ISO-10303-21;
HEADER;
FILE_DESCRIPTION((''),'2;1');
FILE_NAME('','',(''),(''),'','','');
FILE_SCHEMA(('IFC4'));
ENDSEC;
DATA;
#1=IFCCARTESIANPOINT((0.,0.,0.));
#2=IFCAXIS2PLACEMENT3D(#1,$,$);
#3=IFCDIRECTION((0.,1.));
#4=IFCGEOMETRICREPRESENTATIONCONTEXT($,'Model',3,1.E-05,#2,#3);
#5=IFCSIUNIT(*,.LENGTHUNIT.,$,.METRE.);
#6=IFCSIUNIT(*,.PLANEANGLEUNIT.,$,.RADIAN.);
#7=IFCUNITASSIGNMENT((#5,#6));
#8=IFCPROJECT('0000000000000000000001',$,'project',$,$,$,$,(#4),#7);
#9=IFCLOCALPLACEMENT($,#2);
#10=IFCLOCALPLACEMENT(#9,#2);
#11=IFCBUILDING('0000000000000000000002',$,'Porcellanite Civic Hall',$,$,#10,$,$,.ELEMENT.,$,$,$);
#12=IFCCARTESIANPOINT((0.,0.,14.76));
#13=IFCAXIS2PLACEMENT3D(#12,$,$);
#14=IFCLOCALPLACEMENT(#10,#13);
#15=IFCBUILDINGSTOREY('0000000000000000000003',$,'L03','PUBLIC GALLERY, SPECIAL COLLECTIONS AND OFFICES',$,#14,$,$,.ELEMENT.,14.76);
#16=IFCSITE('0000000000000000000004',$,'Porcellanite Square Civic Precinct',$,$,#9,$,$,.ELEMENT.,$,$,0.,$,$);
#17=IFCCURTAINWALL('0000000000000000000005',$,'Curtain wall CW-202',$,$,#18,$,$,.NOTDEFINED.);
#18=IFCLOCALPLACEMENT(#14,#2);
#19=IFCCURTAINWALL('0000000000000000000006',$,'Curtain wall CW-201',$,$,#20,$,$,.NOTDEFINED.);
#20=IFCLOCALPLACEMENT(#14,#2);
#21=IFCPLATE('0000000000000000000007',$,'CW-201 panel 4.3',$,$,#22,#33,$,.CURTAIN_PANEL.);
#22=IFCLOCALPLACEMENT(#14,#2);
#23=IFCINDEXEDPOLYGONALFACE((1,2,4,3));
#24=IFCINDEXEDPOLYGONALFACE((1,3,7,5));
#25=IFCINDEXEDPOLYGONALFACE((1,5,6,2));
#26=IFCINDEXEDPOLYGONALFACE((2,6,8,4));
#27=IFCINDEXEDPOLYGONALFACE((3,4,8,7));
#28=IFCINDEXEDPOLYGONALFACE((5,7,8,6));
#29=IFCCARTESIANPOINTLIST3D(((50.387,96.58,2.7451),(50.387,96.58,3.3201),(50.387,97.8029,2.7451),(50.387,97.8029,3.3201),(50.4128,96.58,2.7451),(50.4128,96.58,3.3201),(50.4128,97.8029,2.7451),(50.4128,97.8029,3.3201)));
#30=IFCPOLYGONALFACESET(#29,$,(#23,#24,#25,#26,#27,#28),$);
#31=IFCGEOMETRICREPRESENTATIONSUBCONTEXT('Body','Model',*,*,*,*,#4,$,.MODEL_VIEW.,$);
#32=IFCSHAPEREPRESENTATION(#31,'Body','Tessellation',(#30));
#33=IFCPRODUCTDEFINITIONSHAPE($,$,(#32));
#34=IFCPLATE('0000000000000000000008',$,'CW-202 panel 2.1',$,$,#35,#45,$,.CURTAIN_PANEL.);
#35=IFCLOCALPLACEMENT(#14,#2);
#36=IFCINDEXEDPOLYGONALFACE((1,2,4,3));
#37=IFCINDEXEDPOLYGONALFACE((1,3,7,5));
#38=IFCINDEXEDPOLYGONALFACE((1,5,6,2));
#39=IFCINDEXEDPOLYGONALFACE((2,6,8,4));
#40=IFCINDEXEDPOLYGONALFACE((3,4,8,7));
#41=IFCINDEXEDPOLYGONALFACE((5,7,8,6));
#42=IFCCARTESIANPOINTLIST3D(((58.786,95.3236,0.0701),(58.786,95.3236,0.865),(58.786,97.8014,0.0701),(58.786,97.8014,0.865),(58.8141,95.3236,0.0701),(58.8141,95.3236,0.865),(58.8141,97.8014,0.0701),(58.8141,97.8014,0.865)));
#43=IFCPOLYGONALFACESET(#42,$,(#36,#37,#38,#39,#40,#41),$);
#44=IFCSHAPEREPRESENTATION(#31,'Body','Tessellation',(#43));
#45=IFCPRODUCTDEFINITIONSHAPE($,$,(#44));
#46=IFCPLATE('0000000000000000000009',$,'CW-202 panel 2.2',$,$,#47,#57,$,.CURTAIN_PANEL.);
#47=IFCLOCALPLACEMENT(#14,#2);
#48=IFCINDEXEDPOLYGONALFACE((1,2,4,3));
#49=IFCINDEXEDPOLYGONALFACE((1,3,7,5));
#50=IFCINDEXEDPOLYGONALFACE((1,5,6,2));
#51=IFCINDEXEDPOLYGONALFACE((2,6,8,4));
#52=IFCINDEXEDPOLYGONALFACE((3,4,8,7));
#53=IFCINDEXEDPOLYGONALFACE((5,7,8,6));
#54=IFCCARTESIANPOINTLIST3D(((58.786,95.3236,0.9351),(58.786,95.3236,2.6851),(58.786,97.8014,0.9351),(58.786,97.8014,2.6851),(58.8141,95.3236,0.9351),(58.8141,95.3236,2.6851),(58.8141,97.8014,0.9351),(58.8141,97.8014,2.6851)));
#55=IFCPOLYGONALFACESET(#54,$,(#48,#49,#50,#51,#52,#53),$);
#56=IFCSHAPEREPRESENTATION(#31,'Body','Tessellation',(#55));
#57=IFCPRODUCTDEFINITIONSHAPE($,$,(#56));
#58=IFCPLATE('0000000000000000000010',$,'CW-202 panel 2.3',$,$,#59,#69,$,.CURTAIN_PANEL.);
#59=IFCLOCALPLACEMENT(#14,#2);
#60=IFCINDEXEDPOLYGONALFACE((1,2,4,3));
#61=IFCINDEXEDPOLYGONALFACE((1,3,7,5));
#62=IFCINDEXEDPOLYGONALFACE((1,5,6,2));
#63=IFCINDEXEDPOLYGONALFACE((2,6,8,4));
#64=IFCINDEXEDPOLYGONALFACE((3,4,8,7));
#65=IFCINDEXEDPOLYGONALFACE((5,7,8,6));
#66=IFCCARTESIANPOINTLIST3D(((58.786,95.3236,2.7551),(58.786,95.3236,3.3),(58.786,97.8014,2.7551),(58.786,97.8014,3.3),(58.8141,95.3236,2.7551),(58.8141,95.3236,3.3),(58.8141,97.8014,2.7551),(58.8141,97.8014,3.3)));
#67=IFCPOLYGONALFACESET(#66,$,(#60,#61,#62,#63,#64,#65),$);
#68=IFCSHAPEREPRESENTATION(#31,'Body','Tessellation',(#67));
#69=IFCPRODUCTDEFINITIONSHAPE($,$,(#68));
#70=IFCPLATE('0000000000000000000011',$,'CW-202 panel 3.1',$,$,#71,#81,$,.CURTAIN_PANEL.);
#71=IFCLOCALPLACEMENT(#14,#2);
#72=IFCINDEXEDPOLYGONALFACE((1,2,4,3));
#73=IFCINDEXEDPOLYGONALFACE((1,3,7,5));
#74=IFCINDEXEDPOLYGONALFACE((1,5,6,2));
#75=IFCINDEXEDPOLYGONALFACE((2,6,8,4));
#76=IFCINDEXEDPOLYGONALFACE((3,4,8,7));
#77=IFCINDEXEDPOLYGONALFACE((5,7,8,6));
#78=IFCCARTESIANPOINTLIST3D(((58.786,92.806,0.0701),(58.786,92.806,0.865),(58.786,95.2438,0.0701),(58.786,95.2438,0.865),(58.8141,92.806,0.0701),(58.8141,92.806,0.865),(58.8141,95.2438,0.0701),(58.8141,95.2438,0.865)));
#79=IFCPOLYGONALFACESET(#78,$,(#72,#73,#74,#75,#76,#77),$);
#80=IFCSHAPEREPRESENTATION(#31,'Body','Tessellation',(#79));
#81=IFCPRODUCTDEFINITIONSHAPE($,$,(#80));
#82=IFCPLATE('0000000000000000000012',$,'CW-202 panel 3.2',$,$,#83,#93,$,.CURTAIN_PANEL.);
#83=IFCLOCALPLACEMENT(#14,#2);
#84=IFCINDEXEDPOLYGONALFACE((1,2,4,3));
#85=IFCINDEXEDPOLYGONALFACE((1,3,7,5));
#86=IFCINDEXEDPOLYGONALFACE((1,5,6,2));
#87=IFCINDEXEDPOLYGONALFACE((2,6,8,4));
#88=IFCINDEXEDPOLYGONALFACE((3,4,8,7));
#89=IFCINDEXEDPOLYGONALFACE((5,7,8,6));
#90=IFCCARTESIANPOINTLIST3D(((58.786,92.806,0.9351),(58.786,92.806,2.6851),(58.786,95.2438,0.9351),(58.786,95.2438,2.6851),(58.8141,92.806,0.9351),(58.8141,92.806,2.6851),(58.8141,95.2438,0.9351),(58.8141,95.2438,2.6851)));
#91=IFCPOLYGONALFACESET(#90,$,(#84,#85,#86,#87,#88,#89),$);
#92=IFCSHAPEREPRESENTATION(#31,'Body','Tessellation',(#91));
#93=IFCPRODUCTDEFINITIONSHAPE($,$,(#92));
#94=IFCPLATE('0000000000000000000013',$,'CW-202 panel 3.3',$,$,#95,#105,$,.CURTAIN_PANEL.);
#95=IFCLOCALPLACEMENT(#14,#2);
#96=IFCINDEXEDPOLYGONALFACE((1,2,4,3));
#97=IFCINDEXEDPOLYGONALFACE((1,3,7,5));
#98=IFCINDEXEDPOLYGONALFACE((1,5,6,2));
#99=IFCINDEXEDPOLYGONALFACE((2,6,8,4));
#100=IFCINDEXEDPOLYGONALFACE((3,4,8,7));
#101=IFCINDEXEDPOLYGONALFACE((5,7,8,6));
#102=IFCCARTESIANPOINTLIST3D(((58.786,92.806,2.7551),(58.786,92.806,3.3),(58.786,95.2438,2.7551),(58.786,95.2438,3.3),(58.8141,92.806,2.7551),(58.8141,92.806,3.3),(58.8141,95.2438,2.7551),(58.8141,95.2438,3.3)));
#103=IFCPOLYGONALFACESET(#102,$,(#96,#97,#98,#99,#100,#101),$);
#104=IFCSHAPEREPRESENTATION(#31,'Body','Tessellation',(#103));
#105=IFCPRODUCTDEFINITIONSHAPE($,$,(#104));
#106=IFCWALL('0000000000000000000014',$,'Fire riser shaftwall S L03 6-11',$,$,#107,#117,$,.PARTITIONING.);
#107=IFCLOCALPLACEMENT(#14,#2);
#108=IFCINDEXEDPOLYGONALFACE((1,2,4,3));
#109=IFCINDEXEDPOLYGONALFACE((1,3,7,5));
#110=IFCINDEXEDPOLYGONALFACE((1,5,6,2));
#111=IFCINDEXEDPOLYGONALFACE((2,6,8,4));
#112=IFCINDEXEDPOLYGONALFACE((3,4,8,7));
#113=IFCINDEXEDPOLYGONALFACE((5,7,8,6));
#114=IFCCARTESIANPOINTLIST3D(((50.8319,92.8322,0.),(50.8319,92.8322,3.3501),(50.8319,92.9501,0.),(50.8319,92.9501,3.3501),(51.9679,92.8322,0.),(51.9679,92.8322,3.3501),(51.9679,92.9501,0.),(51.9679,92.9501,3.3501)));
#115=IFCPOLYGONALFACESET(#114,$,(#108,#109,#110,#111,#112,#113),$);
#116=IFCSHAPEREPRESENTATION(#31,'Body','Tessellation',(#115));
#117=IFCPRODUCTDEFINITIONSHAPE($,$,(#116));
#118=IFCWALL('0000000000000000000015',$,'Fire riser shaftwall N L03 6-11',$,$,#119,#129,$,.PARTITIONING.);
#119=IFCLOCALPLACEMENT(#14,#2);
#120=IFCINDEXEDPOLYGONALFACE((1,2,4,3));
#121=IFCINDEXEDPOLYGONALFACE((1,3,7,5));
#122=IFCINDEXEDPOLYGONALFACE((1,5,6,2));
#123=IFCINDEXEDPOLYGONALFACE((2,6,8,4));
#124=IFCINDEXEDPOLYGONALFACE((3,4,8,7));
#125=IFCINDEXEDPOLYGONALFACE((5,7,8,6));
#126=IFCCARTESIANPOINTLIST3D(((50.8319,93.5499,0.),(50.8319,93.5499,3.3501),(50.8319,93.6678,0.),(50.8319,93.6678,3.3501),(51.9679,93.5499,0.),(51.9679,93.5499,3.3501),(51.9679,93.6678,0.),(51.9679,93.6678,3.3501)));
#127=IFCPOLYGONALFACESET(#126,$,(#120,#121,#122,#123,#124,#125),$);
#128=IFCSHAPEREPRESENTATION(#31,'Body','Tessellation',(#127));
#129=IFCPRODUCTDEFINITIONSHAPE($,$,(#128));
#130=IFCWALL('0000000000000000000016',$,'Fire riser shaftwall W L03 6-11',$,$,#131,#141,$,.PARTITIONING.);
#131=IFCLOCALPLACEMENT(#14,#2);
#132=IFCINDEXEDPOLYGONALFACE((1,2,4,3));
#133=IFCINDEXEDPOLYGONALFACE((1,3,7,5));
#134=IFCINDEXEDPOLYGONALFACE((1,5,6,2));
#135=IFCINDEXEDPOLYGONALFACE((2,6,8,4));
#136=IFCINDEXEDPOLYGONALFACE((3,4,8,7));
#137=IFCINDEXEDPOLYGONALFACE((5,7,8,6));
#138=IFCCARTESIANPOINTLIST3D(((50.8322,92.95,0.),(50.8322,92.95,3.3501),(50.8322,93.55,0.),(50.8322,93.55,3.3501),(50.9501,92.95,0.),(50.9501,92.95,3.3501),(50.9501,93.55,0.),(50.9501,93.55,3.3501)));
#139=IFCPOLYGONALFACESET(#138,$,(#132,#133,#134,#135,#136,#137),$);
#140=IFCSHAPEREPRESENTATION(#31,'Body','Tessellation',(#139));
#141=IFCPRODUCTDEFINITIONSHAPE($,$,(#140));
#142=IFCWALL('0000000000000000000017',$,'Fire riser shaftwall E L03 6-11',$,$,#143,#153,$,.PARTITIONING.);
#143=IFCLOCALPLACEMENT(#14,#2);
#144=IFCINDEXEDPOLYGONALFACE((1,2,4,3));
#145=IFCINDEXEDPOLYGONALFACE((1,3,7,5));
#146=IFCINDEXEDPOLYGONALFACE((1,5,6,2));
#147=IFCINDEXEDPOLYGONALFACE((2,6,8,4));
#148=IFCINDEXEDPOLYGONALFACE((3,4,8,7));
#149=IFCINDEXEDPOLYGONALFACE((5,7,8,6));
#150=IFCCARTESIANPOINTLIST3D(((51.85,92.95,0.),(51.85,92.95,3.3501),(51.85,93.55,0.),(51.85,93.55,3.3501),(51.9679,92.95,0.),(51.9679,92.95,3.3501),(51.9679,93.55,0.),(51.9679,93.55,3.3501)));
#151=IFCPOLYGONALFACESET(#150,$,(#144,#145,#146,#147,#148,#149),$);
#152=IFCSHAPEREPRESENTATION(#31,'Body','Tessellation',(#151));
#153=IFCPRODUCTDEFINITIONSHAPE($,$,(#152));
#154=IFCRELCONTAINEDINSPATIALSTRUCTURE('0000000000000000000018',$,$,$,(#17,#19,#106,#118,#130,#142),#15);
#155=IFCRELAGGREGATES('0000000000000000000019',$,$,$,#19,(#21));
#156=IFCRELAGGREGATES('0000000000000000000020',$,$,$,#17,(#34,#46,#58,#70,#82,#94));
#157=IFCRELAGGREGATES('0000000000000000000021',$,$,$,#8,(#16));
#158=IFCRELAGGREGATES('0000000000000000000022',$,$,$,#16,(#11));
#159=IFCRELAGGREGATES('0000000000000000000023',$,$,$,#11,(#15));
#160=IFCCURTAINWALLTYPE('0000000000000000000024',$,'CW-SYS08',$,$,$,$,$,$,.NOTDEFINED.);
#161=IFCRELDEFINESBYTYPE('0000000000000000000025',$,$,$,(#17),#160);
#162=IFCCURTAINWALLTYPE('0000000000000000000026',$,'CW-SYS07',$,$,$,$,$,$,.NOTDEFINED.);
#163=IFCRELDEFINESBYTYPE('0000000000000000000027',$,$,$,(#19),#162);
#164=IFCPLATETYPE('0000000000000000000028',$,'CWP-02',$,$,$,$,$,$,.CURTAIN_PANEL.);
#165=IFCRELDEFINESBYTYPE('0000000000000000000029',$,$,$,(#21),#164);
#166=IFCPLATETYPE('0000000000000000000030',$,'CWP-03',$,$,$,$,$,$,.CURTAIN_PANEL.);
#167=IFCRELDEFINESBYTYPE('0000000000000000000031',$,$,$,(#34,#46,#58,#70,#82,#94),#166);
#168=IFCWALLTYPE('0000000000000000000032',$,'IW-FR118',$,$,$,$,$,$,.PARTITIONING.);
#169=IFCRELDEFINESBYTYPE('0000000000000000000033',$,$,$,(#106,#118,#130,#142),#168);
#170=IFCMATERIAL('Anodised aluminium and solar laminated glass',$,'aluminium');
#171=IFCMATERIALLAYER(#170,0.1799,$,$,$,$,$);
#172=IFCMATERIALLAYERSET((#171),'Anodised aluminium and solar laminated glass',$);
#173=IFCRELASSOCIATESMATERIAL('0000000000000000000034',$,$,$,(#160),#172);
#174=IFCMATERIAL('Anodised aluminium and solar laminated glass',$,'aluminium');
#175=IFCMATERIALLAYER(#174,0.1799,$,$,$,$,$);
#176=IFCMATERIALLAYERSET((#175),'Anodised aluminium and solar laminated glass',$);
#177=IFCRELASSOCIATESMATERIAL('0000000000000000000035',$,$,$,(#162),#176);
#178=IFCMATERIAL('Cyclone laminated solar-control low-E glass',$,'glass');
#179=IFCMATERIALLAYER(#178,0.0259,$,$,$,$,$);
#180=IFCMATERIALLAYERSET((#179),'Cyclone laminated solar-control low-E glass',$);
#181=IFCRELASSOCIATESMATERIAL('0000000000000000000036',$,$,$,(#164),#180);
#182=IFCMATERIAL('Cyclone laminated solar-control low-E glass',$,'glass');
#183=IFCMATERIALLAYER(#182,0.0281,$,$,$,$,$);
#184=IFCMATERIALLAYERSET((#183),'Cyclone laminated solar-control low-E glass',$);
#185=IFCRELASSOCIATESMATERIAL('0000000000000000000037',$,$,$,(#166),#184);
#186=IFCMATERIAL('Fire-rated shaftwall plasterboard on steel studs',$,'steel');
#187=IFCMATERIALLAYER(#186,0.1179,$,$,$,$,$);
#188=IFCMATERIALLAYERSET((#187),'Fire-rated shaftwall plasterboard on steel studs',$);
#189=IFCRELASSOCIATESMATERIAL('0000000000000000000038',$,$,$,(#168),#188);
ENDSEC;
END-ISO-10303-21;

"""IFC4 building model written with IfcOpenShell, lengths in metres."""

from ifc_helpers import new_model, si_unit, direction, frame, frame_2d, origin, origin_2d, place, context, subcontext, project, spatial, rectangle, extrude, material, layer, layer_set, type_object, element, aggregate, save


model = new_model("IFC4")

# Units and contexts
model_context = context("Model", 3, precision=1e-05, world=origin(), true_north=direction((0.0, 1.0)))
body_context = subcontext(model_context, "Body", "Model", "MODEL_VIEW")
ifc_project = project(units=[si_unit("LENGTHUNIT", "METRE"), si_unit("PLANEANGLEUNIT", "RADIAN")], contexts=[model_context])

# Site, building, storey
site_placement = place(None, origin())
site = spatial("IfcSite", under=ifc_project, at=site_placement, Name="Porcellanite Square Civic Precinct", CompositionType="ELEMENT", RefElevation=0.0)
building_placement = place(site_placement, origin())
building = spatial("IfcBuilding", under=site, at=building_placement, Name="Porcellanite Civic Hall", CompositionType="ELEMENT")
storey_placement = place(building_placement, frame((0.0, 0.0, 14.76)))
storey = spatial("IfcBuildingStorey", under=building, at=storey_placement, Name="L03", Description="PUBLIC GALLERY, SPECIAL COLLECTIONS AND OFFICES", CompositionType="ELEMENT", Elevation=14.76)

# Curtain wall
ifc_material_1 = material(Name="Anodised aluminium and solar laminated glass", Category="aluminium")
ifc_layer_1 = layer(ifc_material_1, 0.1799)
ifc_layer_set_1 = layer_set([ifc_layer_1], Name="Anodised aluminium and solar laminated glass")
curtain_wall_type_1 = type_object("IfcCurtainWallType", Name="CW-SYS08", PredefinedType="NOTDEFINED", material=ifc_layer_set_1)
curtain_wall_1_placement = place(storey_placement, origin())
curtain_wall_1 = element("IfcCurtainWall", 1, at=curtain_wall_1_placement, inside=storey, type_object=curtain_wall_type_1, Name="Curtain wall CW-202", PredefinedType="NOTDEFINED")

# Curtain wall, plate
ifc_material_2 = material(Name="Anodised aluminium and solar laminated glass", Category="aluminium")
ifc_layer_2 = layer(ifc_material_2, 0.1799)
ifc_layer_set_2 = layer_set([ifc_layer_2], Name="Anodised aluminium and solar laminated glass")
curtain_wall_type_2 = type_object("IfcCurtainWallType", Name="CW-SYS07", PredefinedType="NOTDEFINED", material=ifc_layer_set_2)
curtain_wall_2_placement = place(storey_placement, origin())
curtain_wall_2 = element("IfcCurtainWall", 2, at=curtain_wall_2_placement, inside=storey, type_object=curtain_wall_type_2, Name="Curtain wall CW-201", PredefinedType="NOTDEFINED")
ifc_material_3 = material(Name="Cyclone laminated solar-control low-E glass", Category="glass")
ifc_layer_3 = layer(ifc_material_3, 0.0259)
ifc_layer_set_3 = layer_set([ifc_layer_3], Name="Cyclone laminated solar-control low-E glass")
plate_type_1 = type_object("IfcPlateType", Name="CWP-02", PredefinedType="CURTAIN_PANEL", material=ifc_layer_set_3)
plate_1_placement = place(storey_placement, frame((50.3999, 97.1914, 2.7451), z_axis=(0.0, 0.0, 1.0), x_axis=(0.0, 1.0, 0.0)))
plate_1 = element("IfcPlate", 3, at=plate_1_placement, type_object=plate_type_1, Name="CW-201 panel 4.3", PredefinedType="CURTAIN_PANEL", context=body_context, shape_type="SweptSolid", body=[
    extrude(rectangle(XDim=1.2229, YDim=0.0259, at=origin_2d()), origin(), (0.0, 0.0, 1.0), 0.575),
])
aggregate(curtain_wall_2, [plate_1])

# Plates
ifc_material_4 = material(Name="Cyclone laminated solar-control low-E glass", Category="glass")
ifc_layer_4 = layer(ifc_material_4, 0.0281)
ifc_layer_set_4 = layer_set([ifc_layer_4], Name="Cyclone laminated solar-control low-E glass")
plate_type_2 = type_object("IfcPlateType", Name="CWP-03", PredefinedType="CURTAIN_PANEL", material=ifc_layer_set_4)
plate_2_placement = place(storey_placement, frame((58.8, 96.5625, 0.0701), z_axis=(0.0, 0.0, 1.0), x_axis=(0.0, -1.0, 0.0)))
plate_2 = element("IfcPlate", 4, at=plate_2_placement, type_object=plate_type_2, Name="CW-202 panel 2.1", PredefinedType="CURTAIN_PANEL", context=body_context, shape_type="SweptSolid", body=[
    extrude(rectangle(XDim=2.4778, YDim=0.0281, at=origin_2d()), origin(), (0.0, 0.0, 1.0), 0.7949),
])
plate_3_placement = place(storey_placement, frame((58.8, 96.5625, 0.9351), z_axis=(0.0, 0.0, 1.0), x_axis=(0.0, -1.0, 0.0)))
plate_3 = element("IfcPlate", 5, at=plate_3_placement, type_object=plate_type_2, Name="CW-202 panel 2.2", PredefinedType="CURTAIN_PANEL", context=body_context, shape_type="SweptSolid", body=[
    extrude(rectangle(XDim=2.4778, YDim=0.0281, at=origin_2d()), origin(), (0.0, 0.0, 1.0), 1.75),
])
plate_4_placement = place(storey_placement, frame((58.8, 96.5625, 2.7551), z_axis=(0.0, 0.0, 1.0), x_axis=(0.0, -1.0, 0.0)))
plate_4 = element("IfcPlate", 6, at=plate_4_placement, type_object=plate_type_2, Name="CW-202 panel 2.3", PredefinedType="CURTAIN_PANEL", context=body_context, shape_type="SweptSolid", body=[
    extrude(rectangle(XDim=2.4778, YDim=0.0281, at=origin_2d()), origin(), (0.0, 0.0, 1.0), 0.5449),
])
plate_5_placement = place(storey_placement, frame((58.8, 94.0249, 0.0701), z_axis=(0.0, 0.0, 1.0), x_axis=(0.0, -1.0, 0.0)))
plate_5 = element("IfcPlate", 7, at=plate_5_placement, type_object=plate_type_2, Name="CW-202 panel 3.1", PredefinedType="CURTAIN_PANEL", context=body_context, shape_type="SweptSolid", body=[
    extrude(rectangle(XDim=2.4377, YDim=0.0281, at=origin_2d()), origin(), (0.0, 0.0, 1.0), 0.7949),
])
plate_6_placement = place(storey_placement, frame((58.8, 94.0249, 0.9351), z_axis=(0.0, 0.0, 1.0), x_axis=(0.0, -1.0, 0.0)))
plate_6 = element("IfcPlate", 8, at=plate_6_placement, type_object=plate_type_2, Name="CW-202 panel 3.2", PredefinedType="CURTAIN_PANEL", context=body_context, shape_type="SweptSolid", body=[
    extrude(rectangle(XDim=2.4377, YDim=0.0281, at=origin_2d()), origin(), (0.0, 0.0, 1.0), 1.75),
])
plate_7_placement = place(storey_placement, frame((58.8, 94.0249, 2.7551), z_axis=(0.0, 0.0, 1.0), x_axis=(0.0, -1.0, 0.0)))
plate_7 = element("IfcPlate", 9, at=plate_7_placement, type_object=plate_type_2, Name="CW-202 panel 3.3", PredefinedType="CURTAIN_PANEL", context=body_context, shape_type="SweptSolid", body=[
    extrude(rectangle(XDim=2.4377, YDim=0.0281, at=origin_2d()), origin(), (0.0, 0.0, 1.0), 0.5449),
])
aggregate(curtain_wall_1, [plate_2, plate_3, plate_4, plate_5, plate_6, plate_7])

# Walls
ifc_material_5 = material(Name="Fire-rated shaftwall plasterboard on steel studs", Category="steel")
ifc_layer_5 = layer(ifc_material_5, 0.1179)
ifc_layer_set_5 = layer_set([ifc_layer_5], Name="Fire-rated shaftwall plasterboard on steel studs")
wall_type = type_object("IfcWallType", Name="IW-FR118", PredefinedType="PARTITIONING", material=ifc_layer_set_5)
for number, where, z_axis, x_axis, name in (
    (10, (50.832, 92.8911, 0.0), (0.0, 0.0, 1.0), (1.0, 0.0, 0.0), "Fire riser shaftwall S L03 6-11"),
    (11, (50.832, 93.6089, 0.0), (0.0, 0.0, 1.0), (1.0, 0.0, 0.0), "Fire riser shaftwall N L03 6-11"),
):
    element("IfcWall", number, at=place(storey_placement, frame(where, z_axis=z_axis, x_axis=x_axis)), inside=storey, type_object=wall_type, Name=name, PredefinedType="PARTITIONING", context=body_context, shape_type="SweptSolid", body=[
        extrude(rectangle(XDim=1.136, YDim=0.1179, at=frame_2d((0.5679, 0.0))), origin(), (0.0, 0.0, 1.0), 3.3501),
    ])
for number, where, z_axis, x_axis, name in (
    (12, (50.8911, 92.95, 0.0), (0.0, 0.0, 1.0), (0.0, 1.0, 0.0), "Fire riser shaftwall W L03 6-11"),
    (13, (51.9089, 92.95, 0.0), (0.0, 0.0, 1.0), (0.0, 1.0, 0.0), "Fire riser shaftwall E L03 6-11"),
):
    element("IfcWall", number, at=place(storey_placement, frame(where, z_axis=z_axis, x_axis=x_axis)), inside=storey, type_object=wall_type, Name=name, PredefinedType="PARTITIONING", context=body_context, shape_type="SweptSolid", body=[
        extrude(rectangle(XDim=0.6001, YDim=0.1179, at=frame_2d((0.3, 0.0))), origin(), (0.0, 0.0, 1.0), 3.3501),
    ])

save(model, "model.ifc")
